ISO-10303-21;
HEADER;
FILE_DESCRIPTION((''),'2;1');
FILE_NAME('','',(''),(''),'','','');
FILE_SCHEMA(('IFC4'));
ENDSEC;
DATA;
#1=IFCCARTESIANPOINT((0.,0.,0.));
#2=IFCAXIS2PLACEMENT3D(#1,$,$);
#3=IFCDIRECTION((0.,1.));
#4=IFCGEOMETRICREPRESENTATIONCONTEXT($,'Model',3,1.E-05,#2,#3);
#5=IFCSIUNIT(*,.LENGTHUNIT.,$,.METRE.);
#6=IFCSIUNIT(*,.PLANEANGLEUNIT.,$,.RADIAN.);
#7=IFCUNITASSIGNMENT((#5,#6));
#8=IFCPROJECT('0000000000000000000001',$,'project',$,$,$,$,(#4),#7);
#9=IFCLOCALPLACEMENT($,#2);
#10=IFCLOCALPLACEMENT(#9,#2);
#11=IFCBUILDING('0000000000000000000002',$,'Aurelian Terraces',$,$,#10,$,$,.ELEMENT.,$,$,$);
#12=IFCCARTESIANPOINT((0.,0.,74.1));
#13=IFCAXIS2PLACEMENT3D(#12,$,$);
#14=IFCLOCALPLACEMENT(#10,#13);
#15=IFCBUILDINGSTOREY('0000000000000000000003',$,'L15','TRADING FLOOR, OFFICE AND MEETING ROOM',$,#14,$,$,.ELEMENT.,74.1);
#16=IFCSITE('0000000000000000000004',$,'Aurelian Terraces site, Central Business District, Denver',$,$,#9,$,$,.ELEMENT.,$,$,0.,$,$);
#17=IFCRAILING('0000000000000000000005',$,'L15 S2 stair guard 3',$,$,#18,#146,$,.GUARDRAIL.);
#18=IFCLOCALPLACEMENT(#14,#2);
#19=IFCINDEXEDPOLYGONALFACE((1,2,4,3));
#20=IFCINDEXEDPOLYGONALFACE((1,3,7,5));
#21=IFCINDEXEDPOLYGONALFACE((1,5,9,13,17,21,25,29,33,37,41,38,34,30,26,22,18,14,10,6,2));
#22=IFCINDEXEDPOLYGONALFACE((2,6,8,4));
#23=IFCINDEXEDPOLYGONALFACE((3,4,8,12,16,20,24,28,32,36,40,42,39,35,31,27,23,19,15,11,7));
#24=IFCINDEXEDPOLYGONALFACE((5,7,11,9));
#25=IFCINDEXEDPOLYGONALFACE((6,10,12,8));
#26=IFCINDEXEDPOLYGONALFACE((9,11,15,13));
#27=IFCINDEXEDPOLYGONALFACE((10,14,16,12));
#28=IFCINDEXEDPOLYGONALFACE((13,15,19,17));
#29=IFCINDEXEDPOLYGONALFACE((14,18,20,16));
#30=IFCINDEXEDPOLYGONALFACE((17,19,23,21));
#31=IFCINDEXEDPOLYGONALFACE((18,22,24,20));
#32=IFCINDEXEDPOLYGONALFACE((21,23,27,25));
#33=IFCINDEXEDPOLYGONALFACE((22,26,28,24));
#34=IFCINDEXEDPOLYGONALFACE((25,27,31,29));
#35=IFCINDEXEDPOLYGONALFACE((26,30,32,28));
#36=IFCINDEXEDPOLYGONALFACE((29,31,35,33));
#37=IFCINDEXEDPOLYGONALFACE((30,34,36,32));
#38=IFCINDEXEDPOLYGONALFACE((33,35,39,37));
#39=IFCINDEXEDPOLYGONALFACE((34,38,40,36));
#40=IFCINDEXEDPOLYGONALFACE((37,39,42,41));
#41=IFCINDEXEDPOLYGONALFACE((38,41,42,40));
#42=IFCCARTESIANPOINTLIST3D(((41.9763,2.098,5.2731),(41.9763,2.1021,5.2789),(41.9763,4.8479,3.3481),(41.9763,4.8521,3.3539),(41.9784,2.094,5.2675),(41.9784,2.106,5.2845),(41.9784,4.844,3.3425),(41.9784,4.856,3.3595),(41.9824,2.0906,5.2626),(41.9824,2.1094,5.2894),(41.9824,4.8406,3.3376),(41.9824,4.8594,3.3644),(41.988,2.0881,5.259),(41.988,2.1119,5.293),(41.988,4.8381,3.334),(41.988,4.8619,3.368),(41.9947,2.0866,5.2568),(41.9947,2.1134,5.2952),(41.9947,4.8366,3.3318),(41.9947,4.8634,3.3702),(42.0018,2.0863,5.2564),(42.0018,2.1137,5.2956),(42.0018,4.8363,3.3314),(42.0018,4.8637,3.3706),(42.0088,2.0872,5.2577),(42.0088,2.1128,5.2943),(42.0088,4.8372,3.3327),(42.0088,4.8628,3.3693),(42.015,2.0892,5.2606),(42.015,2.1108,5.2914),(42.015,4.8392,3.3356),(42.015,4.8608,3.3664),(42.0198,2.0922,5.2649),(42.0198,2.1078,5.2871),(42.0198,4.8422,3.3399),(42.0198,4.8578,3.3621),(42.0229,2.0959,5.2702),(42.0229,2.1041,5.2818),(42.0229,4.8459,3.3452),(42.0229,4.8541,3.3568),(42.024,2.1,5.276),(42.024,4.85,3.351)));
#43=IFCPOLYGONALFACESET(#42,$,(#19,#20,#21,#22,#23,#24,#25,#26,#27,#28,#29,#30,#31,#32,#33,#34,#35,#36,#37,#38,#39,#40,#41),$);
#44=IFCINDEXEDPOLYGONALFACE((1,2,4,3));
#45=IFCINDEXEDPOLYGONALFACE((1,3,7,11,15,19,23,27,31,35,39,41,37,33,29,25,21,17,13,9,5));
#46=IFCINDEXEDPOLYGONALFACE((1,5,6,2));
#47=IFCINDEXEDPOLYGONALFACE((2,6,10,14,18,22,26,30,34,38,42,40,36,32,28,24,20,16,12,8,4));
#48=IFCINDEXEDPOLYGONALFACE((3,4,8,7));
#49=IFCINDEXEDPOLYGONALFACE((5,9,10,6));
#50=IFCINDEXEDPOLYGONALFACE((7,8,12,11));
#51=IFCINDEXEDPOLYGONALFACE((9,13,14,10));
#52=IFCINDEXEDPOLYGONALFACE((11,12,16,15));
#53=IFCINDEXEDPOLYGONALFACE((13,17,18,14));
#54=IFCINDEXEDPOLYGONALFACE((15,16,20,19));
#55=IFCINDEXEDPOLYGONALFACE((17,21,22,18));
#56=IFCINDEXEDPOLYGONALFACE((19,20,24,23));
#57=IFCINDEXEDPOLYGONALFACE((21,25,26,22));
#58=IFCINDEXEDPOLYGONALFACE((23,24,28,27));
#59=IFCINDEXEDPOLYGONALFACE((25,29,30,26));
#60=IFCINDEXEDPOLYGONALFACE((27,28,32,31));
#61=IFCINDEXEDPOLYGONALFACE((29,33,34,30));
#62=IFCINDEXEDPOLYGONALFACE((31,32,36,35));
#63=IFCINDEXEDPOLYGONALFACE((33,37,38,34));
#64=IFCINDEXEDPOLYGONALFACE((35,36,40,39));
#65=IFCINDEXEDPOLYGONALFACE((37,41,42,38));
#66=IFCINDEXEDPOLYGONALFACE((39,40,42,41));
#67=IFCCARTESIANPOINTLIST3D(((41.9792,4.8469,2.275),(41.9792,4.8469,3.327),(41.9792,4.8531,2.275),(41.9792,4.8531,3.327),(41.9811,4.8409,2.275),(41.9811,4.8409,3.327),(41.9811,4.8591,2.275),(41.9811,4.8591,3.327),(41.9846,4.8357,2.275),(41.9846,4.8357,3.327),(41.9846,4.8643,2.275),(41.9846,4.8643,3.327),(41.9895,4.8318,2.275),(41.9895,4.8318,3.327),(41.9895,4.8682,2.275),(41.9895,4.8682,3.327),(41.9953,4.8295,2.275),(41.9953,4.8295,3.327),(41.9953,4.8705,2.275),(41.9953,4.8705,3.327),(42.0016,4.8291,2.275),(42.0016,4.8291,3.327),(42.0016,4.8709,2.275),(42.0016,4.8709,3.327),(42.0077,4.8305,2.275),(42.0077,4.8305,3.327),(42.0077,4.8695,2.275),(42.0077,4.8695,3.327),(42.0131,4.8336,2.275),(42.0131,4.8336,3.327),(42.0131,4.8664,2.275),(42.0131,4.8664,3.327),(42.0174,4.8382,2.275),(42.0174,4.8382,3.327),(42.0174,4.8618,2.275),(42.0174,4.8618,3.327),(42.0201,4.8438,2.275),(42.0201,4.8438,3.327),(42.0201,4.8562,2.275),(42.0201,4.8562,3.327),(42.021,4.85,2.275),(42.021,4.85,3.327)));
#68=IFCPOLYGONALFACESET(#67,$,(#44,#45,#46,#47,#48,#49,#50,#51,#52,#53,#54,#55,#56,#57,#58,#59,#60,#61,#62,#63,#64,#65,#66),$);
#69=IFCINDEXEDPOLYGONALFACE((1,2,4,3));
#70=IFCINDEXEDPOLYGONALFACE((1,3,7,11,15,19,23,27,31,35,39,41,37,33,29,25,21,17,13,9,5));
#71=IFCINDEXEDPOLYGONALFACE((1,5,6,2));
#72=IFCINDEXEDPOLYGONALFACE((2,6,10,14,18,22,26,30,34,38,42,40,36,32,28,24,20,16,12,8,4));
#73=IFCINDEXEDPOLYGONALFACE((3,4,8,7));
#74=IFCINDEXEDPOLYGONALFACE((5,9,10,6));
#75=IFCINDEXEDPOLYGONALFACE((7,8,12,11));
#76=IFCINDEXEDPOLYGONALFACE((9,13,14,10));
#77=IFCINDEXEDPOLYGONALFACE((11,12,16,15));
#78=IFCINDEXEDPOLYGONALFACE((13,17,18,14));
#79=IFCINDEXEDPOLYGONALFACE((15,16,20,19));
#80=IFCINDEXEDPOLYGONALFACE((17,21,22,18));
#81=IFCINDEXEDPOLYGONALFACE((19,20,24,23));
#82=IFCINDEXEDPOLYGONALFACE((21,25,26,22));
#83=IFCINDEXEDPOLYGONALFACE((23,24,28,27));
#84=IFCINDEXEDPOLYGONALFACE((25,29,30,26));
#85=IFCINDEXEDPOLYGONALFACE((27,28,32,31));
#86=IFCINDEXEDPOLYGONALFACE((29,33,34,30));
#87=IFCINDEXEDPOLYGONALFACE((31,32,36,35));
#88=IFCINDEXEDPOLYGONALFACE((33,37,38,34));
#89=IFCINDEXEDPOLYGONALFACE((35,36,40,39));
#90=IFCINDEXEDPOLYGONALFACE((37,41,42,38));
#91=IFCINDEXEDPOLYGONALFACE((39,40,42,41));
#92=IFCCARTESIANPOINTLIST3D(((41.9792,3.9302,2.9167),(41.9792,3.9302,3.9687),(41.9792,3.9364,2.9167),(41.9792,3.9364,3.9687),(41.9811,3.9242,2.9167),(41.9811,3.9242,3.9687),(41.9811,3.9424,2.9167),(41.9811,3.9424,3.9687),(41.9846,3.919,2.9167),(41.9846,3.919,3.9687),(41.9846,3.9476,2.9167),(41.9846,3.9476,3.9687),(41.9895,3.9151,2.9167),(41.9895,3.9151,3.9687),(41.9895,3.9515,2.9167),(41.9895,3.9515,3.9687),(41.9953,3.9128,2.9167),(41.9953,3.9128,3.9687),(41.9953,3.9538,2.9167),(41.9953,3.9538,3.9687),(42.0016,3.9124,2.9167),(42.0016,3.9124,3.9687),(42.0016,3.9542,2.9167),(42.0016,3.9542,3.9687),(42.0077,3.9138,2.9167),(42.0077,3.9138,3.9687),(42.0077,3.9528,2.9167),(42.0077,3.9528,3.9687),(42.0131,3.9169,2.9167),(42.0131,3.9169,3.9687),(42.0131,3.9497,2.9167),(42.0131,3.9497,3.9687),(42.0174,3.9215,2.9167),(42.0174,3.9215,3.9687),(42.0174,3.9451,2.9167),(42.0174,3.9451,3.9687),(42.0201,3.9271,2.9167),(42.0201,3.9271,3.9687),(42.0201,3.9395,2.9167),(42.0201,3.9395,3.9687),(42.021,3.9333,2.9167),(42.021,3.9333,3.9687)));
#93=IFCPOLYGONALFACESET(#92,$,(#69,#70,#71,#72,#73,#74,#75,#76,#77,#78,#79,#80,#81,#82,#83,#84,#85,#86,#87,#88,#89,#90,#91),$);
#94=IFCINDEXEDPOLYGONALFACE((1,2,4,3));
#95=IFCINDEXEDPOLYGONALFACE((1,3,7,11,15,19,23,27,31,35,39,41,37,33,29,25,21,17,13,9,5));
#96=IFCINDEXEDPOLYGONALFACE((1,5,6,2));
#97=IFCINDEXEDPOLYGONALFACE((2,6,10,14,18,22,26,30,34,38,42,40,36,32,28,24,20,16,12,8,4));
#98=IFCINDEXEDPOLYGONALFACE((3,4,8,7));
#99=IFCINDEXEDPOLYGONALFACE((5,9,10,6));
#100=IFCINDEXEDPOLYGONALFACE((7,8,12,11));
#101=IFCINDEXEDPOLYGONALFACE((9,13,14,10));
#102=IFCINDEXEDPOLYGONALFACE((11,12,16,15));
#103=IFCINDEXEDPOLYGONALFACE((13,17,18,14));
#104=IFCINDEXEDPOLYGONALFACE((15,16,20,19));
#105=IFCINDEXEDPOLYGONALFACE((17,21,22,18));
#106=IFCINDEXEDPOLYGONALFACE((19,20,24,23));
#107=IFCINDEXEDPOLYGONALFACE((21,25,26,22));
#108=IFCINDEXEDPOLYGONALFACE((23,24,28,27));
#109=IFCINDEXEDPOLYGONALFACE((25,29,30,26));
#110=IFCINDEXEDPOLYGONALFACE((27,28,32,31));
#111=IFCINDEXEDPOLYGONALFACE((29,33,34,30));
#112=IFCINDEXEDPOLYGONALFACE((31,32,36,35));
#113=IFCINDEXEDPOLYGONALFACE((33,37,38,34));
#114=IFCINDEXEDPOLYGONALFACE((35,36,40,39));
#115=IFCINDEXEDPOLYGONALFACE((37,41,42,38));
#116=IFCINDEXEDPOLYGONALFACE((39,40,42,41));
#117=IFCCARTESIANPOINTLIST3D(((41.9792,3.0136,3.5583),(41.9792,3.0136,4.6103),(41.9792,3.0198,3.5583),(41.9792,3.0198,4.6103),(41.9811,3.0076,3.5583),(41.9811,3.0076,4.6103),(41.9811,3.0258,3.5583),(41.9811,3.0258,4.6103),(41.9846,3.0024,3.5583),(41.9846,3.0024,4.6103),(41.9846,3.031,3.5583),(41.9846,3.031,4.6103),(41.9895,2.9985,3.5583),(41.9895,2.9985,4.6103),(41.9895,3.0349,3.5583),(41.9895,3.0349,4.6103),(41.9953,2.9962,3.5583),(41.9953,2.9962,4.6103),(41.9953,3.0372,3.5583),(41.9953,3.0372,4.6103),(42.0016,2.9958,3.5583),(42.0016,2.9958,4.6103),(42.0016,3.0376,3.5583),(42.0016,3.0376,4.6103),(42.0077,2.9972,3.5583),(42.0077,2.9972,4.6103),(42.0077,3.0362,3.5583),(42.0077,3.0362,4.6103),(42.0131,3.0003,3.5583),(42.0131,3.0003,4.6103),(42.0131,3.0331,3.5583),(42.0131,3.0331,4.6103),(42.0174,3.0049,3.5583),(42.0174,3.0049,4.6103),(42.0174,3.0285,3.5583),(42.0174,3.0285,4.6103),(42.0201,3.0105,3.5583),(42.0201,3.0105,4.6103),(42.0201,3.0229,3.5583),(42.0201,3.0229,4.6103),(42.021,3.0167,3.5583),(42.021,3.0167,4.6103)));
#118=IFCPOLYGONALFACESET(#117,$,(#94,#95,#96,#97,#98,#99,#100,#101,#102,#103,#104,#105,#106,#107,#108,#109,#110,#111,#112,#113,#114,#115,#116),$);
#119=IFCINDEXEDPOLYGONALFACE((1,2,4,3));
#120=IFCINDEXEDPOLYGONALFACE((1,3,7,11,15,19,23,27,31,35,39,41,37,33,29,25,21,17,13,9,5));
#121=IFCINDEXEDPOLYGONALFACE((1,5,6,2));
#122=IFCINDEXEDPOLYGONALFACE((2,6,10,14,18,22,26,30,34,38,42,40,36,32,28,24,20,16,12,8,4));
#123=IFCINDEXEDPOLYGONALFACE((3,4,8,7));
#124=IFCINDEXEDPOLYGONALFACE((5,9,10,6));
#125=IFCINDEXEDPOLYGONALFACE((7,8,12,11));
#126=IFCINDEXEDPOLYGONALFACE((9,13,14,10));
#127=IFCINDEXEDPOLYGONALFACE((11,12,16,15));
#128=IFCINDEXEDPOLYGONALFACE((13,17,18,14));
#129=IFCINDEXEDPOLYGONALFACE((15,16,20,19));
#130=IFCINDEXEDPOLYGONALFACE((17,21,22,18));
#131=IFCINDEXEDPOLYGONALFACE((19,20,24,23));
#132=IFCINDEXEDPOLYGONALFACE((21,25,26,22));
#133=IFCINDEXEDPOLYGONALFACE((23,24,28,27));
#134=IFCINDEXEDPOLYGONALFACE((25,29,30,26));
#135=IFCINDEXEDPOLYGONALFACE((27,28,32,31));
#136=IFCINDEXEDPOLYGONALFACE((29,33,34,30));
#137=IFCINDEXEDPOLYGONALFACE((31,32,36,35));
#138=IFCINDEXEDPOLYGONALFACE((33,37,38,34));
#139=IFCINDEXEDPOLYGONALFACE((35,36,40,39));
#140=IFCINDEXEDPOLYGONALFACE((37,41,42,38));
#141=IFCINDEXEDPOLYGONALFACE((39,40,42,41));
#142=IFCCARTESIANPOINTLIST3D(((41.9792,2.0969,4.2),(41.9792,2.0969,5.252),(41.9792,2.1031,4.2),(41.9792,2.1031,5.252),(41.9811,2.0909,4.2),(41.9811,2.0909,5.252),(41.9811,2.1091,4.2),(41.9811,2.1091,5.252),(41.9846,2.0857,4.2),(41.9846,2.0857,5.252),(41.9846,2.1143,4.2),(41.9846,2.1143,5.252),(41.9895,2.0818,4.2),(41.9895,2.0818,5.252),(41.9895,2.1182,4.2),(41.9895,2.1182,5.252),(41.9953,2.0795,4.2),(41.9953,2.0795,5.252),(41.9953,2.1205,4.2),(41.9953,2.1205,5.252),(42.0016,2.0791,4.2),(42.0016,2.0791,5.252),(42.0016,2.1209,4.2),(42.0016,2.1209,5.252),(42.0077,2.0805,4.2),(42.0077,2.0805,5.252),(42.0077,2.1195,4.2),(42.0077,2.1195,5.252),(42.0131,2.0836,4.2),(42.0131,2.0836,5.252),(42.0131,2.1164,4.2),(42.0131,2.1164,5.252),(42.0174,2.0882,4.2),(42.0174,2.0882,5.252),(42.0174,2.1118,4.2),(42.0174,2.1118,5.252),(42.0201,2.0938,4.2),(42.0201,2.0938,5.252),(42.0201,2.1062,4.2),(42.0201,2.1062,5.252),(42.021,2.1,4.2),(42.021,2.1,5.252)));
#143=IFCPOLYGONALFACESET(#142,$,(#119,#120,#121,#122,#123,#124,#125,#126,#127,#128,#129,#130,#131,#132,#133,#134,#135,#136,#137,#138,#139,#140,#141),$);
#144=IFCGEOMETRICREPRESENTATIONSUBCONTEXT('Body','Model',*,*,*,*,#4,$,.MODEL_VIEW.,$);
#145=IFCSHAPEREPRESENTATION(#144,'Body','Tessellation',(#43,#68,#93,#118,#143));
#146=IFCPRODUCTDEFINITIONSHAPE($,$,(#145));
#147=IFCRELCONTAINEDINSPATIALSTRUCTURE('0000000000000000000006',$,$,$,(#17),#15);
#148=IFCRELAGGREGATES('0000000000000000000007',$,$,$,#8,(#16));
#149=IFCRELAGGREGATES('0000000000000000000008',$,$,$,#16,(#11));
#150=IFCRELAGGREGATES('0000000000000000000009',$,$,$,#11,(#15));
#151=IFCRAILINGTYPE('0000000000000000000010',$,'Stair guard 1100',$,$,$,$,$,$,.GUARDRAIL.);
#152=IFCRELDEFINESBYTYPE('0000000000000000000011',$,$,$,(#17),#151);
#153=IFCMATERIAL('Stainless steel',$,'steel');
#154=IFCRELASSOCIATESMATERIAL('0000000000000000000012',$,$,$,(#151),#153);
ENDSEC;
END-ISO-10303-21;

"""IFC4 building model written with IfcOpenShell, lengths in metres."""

from ifc_helpers import new_model, si_unit, direction, frame, origin, origin_2d, place, context, subcontext, project, spatial, circle, extrude, source, transform, mapped, material, type_object, element, save


model = new_model("IFC4")

# Units and contexts
model_context = context("Model", 3, precision=1e-05, world=origin(), true_north=direction((0.0, 1.0)))
body_context = subcontext(model_context, "Body", "Model", "MODEL_VIEW")
ifc_project = project(units=[si_unit("LENGTHUNIT", "METRE"), si_unit("PLANEANGLEUNIT", "RADIAN")], contexts=[model_context])

# Site, building, storey
site_placement = place(None, origin())
site = spatial("IfcSite", under=ifc_project, at=site_placement, Name="Aurelian Terraces site, Central Business District, Denver", CompositionType="ELEMENT", RefElevation=0.0)
building_placement = place(site_placement, origin())
building = spatial("IfcBuilding", under=site, at=building_placement, Name="Aurelian Terraces", CompositionType="ELEMENT")
storey_placement = place(building_placement, frame((0.0, 0.0, 74.1)))
storey = spatial("IfcBuildingStorey", under=building, at=storey_placement, Name="L15", Description="TRADING FLOOR, OFFICE AND MEETING ROOM", CompositionType="ELEMENT", Elevation=74.1)

# Railing
ifc_material_1 = material(Name="Stainless steel", Category="steel")
railing_type_1 = type_object("IfcRailingType", Name="Stair guard 1100", PredefinedType="GUARDRAIL", material=ifc_material_1)
shared_shape_1 = source(origin(), body_context, "Body", "SweptSolid", [
    extrude(circle(Radius=0.024, at=origin_2d()), frame((0.0, 0.0, 1.076), z_axis=(0.0, -0.819232, 0.573462), x_axis=(1.0, 0.0, 0.0)), (0.0, 0.0, 1.0), 3.3568),
    extrude(circle(Radius=0.021, at=origin_2d()), origin(), (0.0, 0.0, 1.0), 1.052),
    extrude(circle(Radius=0.021, at=origin_2d()), frame((0.0, -0.9167, 0.6417)), (0.0, 0.0, 1.0), 1.052),
    extrude(circle(Radius=0.021, at=origin_2d()), frame((0.0, -1.8333, 1.2833)), (0.0, 0.0, 1.0), 1.052),
    extrude(circle(Radius=0.021, at=origin_2d()), frame((0.0, -2.75, 1.925)), (0.0, 0.0, 1.0), 1.052),
])
railing_1_placement = place(storey_placement, frame((42.0, 4.85, 2.275)))
element("IfcRailing", 1, at=railing_1_placement, inside=storey, type_object=railing_type_1, Name="L15 S2 stair guard 3", PredefinedType="GUARDRAIL", context=body_context, shape_type="MappedRepresentation", body=[
    mapped(shared_shape_1, transform((0.0, 0.0, 0.0), scale=1.0)),
])

save(model, "model.ifc")
